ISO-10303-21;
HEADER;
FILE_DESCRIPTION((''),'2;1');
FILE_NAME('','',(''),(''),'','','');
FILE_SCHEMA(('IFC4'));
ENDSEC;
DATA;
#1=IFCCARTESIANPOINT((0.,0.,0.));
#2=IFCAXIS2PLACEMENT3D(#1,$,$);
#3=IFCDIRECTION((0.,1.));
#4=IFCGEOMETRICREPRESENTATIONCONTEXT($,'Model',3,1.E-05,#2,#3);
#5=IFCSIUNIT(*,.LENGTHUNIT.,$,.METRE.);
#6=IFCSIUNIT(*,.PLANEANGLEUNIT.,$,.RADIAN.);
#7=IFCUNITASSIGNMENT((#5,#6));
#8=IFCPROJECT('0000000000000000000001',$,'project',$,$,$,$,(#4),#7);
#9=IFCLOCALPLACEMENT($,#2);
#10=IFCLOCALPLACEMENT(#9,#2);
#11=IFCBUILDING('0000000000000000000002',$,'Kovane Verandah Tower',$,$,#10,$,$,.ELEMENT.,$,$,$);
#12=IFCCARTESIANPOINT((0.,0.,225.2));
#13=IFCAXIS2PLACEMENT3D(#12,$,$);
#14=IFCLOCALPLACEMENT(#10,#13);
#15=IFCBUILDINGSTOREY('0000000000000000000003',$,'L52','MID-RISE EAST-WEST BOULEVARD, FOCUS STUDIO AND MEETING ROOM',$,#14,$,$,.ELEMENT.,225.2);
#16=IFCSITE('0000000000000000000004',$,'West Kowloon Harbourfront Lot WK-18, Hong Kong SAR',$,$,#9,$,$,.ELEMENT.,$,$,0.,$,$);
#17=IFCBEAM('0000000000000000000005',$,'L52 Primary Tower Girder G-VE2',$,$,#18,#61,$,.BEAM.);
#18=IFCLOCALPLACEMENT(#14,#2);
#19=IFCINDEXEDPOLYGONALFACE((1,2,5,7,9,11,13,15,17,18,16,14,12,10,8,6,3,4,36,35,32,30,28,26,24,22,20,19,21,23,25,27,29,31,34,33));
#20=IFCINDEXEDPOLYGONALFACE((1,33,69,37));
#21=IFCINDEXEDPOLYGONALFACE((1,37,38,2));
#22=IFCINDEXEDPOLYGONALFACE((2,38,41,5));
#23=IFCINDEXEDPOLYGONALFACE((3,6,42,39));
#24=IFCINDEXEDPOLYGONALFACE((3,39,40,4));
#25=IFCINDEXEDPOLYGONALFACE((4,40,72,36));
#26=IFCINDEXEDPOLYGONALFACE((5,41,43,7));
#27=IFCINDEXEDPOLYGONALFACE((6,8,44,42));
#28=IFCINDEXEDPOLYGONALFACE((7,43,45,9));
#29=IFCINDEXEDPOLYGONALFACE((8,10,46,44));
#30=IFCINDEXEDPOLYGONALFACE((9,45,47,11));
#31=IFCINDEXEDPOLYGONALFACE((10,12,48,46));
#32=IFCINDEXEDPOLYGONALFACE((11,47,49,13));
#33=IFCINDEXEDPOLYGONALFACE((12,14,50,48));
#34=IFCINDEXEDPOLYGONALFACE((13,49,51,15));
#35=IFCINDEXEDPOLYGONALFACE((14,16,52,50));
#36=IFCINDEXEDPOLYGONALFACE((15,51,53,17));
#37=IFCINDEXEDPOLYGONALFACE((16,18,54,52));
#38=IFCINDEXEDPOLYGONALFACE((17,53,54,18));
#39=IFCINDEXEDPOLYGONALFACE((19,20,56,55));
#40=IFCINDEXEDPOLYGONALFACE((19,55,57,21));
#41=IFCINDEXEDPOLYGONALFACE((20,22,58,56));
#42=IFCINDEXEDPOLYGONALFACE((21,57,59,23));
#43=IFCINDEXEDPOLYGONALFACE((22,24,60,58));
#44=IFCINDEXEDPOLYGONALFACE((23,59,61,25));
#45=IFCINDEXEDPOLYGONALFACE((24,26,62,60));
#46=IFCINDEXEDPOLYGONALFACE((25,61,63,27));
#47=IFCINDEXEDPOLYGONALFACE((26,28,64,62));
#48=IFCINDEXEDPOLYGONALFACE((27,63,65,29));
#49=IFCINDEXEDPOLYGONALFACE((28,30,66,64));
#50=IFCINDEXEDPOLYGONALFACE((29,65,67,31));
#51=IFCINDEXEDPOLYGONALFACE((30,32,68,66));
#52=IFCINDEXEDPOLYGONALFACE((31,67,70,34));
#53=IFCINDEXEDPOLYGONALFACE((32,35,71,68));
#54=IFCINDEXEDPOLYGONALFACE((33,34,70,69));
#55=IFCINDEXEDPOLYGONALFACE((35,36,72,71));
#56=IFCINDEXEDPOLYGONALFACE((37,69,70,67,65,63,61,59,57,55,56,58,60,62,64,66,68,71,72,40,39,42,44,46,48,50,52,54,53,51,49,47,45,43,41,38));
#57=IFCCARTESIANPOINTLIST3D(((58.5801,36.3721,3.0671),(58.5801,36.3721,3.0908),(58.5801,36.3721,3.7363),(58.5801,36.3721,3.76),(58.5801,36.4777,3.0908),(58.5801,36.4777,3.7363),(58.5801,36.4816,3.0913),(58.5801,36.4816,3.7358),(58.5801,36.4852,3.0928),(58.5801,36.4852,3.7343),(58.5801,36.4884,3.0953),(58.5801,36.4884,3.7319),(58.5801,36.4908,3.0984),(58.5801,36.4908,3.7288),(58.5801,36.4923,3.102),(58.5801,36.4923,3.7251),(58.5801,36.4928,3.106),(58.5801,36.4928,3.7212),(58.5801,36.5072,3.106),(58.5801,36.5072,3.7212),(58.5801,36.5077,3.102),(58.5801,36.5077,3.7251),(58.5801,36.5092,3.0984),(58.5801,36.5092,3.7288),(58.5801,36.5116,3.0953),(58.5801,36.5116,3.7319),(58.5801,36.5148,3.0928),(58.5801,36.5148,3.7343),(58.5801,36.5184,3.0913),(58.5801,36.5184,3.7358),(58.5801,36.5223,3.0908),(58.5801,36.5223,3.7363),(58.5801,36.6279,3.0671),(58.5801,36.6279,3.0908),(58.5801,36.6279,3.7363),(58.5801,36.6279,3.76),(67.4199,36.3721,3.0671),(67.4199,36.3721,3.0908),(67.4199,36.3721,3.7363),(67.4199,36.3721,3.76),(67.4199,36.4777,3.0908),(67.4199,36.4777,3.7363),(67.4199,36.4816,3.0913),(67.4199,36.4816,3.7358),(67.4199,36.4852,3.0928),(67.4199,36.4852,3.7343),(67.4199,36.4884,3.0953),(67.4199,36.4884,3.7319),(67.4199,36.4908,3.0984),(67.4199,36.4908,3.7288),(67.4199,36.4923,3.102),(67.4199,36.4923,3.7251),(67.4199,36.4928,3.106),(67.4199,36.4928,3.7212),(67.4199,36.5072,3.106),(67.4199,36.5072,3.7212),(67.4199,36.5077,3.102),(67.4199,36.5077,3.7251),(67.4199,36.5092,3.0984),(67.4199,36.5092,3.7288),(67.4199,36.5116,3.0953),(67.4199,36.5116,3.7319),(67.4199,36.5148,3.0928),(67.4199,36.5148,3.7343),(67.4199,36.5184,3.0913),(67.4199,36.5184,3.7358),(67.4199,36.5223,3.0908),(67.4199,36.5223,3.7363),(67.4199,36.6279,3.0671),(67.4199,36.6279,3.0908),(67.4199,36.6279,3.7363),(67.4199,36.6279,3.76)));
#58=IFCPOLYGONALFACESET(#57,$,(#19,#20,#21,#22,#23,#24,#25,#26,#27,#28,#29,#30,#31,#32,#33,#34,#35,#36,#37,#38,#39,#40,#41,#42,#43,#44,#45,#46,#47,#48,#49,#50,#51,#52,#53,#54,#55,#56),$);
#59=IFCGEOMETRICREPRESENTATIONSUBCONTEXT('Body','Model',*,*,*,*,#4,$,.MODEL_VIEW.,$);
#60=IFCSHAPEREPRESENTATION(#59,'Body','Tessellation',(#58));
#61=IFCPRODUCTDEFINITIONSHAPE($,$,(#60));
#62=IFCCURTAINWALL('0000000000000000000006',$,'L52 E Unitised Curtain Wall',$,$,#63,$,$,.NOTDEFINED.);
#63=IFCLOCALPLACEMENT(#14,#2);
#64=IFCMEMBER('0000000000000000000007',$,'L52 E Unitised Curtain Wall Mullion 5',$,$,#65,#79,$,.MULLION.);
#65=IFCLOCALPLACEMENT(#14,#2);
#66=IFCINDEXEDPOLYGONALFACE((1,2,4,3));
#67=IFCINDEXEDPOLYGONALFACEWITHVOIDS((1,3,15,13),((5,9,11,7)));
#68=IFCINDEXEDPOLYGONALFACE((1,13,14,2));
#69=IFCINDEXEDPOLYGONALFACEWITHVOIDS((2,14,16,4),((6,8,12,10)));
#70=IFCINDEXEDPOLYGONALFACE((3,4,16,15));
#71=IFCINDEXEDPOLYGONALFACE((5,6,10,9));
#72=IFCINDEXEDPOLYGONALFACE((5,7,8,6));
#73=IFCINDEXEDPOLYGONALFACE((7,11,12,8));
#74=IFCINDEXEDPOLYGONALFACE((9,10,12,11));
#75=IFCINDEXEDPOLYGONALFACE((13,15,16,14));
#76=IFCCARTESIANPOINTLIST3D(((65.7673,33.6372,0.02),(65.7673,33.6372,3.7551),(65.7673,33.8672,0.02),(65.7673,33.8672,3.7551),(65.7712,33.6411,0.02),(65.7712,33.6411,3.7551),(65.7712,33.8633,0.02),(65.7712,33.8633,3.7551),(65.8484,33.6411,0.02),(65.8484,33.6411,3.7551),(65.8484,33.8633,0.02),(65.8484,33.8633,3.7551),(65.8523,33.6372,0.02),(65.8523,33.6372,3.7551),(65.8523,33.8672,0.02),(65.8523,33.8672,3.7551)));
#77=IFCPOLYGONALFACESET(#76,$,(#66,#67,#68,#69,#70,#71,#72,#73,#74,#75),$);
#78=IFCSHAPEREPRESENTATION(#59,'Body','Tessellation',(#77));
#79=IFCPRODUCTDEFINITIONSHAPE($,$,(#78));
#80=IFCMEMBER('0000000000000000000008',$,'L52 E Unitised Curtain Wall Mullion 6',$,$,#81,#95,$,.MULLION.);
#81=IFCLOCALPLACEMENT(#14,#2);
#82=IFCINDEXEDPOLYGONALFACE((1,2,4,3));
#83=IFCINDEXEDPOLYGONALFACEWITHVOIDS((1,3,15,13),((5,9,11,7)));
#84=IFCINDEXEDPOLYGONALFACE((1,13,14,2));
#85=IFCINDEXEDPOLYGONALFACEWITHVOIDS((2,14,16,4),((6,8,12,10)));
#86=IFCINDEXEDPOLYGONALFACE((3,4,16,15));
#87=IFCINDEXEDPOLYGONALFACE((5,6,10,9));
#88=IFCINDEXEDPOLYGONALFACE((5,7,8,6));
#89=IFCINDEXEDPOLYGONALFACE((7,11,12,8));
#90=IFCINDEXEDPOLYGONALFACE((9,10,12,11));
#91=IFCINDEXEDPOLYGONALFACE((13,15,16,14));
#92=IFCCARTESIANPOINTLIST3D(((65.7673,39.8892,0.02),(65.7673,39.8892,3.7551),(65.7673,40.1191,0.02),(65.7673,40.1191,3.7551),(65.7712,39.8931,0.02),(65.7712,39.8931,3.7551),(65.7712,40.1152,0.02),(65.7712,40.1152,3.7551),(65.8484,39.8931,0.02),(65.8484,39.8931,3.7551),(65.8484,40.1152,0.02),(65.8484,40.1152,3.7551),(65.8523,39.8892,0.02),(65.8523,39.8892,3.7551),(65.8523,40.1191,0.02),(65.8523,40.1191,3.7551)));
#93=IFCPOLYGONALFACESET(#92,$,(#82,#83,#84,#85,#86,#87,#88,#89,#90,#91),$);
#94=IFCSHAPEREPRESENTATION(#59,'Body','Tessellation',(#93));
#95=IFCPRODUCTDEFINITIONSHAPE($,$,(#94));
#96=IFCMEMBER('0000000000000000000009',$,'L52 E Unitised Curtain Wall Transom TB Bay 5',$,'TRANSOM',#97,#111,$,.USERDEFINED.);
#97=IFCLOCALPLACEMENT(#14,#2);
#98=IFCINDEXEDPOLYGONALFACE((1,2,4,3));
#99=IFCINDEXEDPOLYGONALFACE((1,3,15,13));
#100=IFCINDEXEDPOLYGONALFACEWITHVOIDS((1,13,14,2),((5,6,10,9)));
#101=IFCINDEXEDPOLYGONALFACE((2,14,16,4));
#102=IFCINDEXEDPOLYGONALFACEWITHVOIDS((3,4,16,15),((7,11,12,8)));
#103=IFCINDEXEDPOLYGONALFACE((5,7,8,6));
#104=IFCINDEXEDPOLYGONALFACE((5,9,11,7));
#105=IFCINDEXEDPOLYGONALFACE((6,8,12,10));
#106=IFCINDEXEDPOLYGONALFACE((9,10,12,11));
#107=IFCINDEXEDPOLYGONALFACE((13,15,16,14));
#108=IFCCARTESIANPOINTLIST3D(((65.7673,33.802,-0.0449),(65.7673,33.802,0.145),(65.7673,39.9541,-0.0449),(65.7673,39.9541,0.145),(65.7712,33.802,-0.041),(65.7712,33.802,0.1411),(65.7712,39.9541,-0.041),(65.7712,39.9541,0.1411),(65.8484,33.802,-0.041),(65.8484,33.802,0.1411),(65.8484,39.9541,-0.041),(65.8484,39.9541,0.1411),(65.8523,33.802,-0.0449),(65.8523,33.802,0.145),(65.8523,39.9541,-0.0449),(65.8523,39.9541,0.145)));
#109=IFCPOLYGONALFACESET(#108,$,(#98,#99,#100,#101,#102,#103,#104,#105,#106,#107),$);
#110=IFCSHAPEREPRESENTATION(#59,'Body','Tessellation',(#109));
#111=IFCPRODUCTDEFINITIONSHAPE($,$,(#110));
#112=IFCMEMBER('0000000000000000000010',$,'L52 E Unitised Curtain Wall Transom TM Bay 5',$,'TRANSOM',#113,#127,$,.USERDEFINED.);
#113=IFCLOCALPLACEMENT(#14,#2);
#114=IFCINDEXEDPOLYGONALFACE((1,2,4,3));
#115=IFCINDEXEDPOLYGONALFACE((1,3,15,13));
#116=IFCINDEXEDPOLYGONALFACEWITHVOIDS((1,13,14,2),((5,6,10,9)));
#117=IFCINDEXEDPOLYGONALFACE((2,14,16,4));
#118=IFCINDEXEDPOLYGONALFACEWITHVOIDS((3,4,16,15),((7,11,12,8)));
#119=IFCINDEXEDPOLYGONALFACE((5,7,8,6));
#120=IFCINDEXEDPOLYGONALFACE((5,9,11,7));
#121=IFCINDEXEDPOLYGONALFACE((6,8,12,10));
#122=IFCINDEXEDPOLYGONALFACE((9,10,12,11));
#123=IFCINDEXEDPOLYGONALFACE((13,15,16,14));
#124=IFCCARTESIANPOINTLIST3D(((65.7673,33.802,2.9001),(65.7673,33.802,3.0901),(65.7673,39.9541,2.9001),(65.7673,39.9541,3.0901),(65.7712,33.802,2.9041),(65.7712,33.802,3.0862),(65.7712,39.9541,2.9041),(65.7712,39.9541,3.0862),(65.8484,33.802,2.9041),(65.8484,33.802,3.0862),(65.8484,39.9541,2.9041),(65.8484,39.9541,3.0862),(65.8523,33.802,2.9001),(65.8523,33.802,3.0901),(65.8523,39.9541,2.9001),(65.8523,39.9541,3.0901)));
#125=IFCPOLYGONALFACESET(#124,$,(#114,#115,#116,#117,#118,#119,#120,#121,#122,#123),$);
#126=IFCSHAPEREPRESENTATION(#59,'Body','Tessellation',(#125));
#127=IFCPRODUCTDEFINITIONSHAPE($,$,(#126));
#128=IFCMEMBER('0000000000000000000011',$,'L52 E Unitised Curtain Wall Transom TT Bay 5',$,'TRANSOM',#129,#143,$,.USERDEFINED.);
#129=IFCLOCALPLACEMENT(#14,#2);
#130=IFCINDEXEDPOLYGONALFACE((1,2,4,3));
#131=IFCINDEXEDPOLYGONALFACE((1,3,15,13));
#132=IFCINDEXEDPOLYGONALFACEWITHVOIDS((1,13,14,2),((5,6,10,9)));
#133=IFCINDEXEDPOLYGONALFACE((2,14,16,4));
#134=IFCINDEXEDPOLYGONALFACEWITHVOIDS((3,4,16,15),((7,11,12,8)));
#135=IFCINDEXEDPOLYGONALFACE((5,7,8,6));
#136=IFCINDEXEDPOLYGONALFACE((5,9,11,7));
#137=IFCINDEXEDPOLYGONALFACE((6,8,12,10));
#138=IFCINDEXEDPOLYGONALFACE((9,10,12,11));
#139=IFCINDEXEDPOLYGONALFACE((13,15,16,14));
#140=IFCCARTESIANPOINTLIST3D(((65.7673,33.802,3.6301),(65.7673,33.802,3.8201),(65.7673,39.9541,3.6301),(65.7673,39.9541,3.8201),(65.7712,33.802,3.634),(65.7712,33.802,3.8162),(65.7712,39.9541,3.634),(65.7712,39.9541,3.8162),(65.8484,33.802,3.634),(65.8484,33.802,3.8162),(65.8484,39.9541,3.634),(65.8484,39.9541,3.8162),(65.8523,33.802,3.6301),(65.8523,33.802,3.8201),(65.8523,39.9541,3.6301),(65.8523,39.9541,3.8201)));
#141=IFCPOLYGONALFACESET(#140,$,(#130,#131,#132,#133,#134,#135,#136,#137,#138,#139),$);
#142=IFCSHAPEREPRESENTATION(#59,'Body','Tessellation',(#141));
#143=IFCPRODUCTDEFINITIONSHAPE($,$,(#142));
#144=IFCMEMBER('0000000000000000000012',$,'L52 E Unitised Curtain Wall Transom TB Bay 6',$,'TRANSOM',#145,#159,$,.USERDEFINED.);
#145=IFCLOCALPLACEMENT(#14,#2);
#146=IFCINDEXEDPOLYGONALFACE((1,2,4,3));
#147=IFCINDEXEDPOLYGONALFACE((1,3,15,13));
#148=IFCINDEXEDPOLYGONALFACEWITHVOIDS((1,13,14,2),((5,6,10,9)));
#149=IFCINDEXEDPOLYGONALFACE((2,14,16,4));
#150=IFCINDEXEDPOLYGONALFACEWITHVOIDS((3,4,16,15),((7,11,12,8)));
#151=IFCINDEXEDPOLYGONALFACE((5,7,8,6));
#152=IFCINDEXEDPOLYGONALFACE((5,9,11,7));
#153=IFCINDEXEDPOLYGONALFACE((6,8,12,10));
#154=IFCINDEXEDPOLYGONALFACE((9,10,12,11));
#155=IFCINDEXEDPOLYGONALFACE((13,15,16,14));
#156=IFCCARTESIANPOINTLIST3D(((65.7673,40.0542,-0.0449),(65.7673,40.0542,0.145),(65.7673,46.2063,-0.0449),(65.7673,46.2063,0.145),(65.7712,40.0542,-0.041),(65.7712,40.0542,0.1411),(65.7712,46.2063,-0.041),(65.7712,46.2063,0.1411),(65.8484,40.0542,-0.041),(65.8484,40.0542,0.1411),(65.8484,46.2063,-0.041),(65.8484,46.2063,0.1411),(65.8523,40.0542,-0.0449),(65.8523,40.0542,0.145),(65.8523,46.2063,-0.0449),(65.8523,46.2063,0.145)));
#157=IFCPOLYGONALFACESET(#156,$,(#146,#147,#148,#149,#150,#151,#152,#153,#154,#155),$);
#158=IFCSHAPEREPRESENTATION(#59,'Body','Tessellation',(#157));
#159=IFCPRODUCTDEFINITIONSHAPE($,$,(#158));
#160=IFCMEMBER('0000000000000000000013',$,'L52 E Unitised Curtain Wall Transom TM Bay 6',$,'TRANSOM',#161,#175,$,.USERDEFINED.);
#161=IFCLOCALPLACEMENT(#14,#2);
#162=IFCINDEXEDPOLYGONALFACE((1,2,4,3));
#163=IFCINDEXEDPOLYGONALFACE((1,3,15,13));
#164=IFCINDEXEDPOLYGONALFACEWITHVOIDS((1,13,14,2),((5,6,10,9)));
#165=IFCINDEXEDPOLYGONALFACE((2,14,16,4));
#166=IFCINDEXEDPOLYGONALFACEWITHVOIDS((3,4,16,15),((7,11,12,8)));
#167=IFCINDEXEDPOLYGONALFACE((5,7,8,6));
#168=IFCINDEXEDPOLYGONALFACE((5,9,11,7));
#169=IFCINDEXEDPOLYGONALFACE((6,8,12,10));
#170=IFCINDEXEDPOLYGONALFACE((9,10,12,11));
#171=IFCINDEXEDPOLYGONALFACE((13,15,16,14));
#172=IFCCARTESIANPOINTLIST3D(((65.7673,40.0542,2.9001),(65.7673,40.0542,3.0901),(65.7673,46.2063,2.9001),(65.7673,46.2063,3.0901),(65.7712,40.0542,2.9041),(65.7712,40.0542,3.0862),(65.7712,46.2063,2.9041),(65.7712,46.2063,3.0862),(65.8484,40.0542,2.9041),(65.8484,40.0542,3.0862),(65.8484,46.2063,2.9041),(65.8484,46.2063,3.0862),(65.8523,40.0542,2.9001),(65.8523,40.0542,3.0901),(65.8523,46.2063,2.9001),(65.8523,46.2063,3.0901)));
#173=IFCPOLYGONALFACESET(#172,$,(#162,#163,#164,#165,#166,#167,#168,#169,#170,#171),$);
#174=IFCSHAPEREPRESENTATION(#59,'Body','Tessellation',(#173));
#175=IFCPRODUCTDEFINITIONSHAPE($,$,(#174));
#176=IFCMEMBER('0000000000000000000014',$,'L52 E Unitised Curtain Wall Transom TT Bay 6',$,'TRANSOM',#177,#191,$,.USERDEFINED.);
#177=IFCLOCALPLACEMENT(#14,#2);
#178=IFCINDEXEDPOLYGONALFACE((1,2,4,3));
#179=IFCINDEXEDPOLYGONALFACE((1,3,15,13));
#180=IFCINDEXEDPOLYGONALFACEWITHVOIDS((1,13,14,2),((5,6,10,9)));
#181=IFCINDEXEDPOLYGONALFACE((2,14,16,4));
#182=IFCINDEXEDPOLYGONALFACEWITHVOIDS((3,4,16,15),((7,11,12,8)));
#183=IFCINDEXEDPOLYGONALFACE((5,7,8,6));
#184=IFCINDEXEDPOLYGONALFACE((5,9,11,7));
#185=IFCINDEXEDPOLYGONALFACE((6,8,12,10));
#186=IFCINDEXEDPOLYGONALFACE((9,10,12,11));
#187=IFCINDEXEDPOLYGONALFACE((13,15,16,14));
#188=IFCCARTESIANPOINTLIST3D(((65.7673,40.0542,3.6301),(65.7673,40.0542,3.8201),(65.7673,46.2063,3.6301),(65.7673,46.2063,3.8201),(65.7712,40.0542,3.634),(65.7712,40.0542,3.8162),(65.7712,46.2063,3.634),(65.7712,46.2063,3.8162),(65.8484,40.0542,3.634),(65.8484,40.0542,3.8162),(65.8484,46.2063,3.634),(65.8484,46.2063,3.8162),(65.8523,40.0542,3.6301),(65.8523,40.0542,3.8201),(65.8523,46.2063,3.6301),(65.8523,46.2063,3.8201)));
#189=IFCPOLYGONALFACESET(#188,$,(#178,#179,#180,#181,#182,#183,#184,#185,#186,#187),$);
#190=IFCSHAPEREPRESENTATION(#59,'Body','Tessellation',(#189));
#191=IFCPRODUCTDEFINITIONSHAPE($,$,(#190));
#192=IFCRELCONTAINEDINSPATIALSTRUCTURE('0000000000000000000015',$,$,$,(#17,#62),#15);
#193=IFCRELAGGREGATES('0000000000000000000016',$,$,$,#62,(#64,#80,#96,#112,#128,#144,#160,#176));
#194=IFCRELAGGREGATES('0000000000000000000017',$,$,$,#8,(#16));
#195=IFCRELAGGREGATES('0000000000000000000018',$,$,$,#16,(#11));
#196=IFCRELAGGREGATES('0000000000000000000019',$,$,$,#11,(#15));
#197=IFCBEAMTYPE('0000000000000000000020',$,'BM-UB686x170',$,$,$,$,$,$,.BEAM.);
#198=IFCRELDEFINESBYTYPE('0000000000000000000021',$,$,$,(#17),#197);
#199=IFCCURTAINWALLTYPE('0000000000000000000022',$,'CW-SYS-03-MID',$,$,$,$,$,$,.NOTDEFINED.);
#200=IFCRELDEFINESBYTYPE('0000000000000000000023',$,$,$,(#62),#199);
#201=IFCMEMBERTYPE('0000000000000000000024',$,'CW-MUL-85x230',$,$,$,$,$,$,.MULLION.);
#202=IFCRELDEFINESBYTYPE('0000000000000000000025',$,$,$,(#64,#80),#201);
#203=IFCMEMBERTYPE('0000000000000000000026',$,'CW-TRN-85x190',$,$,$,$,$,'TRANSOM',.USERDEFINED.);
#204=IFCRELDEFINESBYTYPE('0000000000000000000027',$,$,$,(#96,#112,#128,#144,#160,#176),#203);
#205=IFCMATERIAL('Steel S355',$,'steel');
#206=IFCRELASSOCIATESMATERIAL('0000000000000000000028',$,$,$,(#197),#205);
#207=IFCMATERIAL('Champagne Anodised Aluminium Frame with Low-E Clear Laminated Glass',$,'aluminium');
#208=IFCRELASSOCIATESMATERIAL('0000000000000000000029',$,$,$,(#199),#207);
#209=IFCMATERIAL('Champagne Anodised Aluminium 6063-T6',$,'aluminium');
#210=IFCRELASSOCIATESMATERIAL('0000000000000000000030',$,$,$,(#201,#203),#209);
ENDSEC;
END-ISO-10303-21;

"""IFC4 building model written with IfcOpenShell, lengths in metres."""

from ifc_helpers import new_model, si_unit, direction, frame, origin, origin_2d, place, context, subcontext, project, spatial, hollow_rectangle, i_section, extrude, material, material_profile, profile_set, type_object, element, aggregate, save


model = new_model("IFC4")

# Units and contexts
model_context = context("Model", 3, precision=1e-05, world=origin(), true_north=direction((0.0, 1.0)))
body_context = subcontext(model_context, "Body", "Model", "MODEL_VIEW")
ifc_project = project(units=[si_unit("LENGTHUNIT", "METRE"), si_unit("PLANEANGLEUNIT", "RADIAN")], contexts=[model_context])

# Site, building, storey
site_placement = place(None, origin())
site = spatial("IfcSite", under=ifc_project, at=site_placement, Name="West Kowloon Harbourfront Lot WK-18, Hong Kong SAR", CompositionType="ELEMENT", RefElevation=0.0)
building_placement = place(site_placement, origin())
building = spatial("IfcBuilding", under=site, at=building_placement, Name="Kovane Verandah Tower", CompositionType="ELEMENT")
storey_placement = place(building_placement, frame((0.0, 0.0, 225.2)))
storey = spatial("IfcBuildingStorey", under=building, at=storey_placement, Name="L52", Description="MID-RISE EAST-WEST BOULEVARD, FOCUS STUDIO AND MEETING ROOM", CompositionType="ELEMENT", Elevation=225.2)

# Beam
ifc_material_1 = material(Name="Steel S355", Category="steel")
ifc_material_profile_1 = material_profile(ifc_material_1, i_section(OverallWidth=0.2559, OverallDepth=0.6929, WebThickness=0.0144, FlangeThickness=0.0237, FilletRadius=0.0151, at=origin_2d()), Name="UB686x254x170")
ifc_profile_set_1 = profile_set([ifc_material_profile_1], Name="Steel S355")
beam_type_1 = type_object("IfcBeamType", Name="BM-UB686x170", PredefinedType="BEAM", material=ifc_profile_set_1)
beam_1_placement = place(storey_placement, frame((58.5801, 36.5, 3.4136), z_axis=(1.0, 0.0, 0.0), x_axis=(0.0, 1.0, 0.0)))
element("IfcBeam", 1, at=beam_1_placement, inside=storey, type_object=beam_type_1, Name="L52 Primary Tower Girder G-VE2", PredefinedType="BEAM", context=body_context, shape_type="SweptSolid", body=[
    extrude(i_section(OverallWidth=0.2559, OverallDepth=0.6929, WebThickness=0.0144, FlangeThickness=0.0237, FilletRadius=0.0151, at=origin_2d()), origin(), (0.0, 0.0, 1.0), 8.8398),
])

# Curtain wall, members
ifc_material_2 = material(Name="Champagne Anodised Aluminium Frame with Low-E Clear Laminated Glass", Category="aluminium")
curtain_wall_type = type_object("IfcCurtainWallType", Name="CW-SYS-03-MID", PredefinedType="NOTDEFINED", material=ifc_material_2)
curtain_wall_placement = place(storey_placement, origin())
curtain_wall = element("IfcCurtainWall", 2, at=curtain_wall_placement, inside=storey, type_object=curtain_wall_type, Name="L52 E Unitised Curtain Wall", PredefinedType="NOTDEFINED")
ifc_material_3 = material(Name="Champagne Anodised Aluminium 6063-T6", Category="aluminium")
ifc_material_profile_2 = material_profile(ifc_material_3, hollow_rectangle(XDim=0.085, YDim=0.23, WallThickness=0.0039, at=origin_2d()), Name="AL85x230x4")
ifc_profile_set_2 = profile_set([ifc_material_profile_2], Name="Champagne Anodised Aluminium 6063-T6")
member_type_1 = type_object("IfcMemberType", Name="CW-MUL-85x230", PredefinedType="MULLION", material=ifc_profile_set_2)
member_1_placement = place(storey_placement, frame((65.8098, 33.7522, 0.02), z_axis=(0.0, 0.0, 1.0), x_axis=(1.0, 0.0, 0.0)))
member_1 = element("IfcMember", 3, at=member_1_placement, type_object=member_type_1, Name="L52 E Unitised Curtain Wall Mullion 5", PredefinedType="MULLION", context=body_context, shape_type="SweptSolid", body=[
    extrude(hollow_rectangle(XDim=0.085, YDim=0.23, WallThickness=0.0039, at=origin_2d()), origin(), (0.0, 0.0, 1.0), 3.7351),
])
member_2_placement = place(storey_placement, frame((65.8098, 40.0042, 0.02), z_axis=(0.0, 0.0, 1.0), x_axis=(1.0, 0.0, 0.0)))
member_2 = element("IfcMember", 4, at=member_2_placement, type_object=member_type_1, Name="L52 E Unitised Curtain Wall Mullion 6", PredefinedType="MULLION", context=body_context, shape_type="SweptSolid", body=[
    extrude(hollow_rectangle(XDim=0.085, YDim=0.23, WallThickness=0.0039, at=origin_2d()), origin(), (0.0, 0.0, 1.0), 3.7351),
])
ifc_material_profile_3 = material_profile(ifc_material_3, hollow_rectangle(XDim=0.085, YDim=0.1899, WallThickness=0.0039, at=origin_2d()), Name="AL85x190x4")
ifc_profile_set_3 = profile_set([ifc_material_profile_3], Name="Champagne Anodised Aluminium 6063-T6")
member_type_2 = type_object("IfcMemberType", Name="CW-TRN-85x190", ElementType="TRANSOM", PredefinedType="USERDEFINED", material=ifc_profile_set_3)
member_3_placement = place(storey_placement, frame((65.8098, 33.802, 0.05), z_axis=(0.0, 1.0, 0.0), x_axis=(-1.0, 0.0, 0.0)))
member_3 = element("IfcMember", 5, at=member_3_placement, type_object=member_type_2, Name="L52 E Unitised Curtain Wall Transom TB Bay 5", ObjectType="TRANSOM", PredefinedType="USERDEFINED", context=body_context, shape_type="SweptSolid", body=[
    extrude(hollow_rectangle(XDim=0.085, YDim=0.1899, WallThickness=0.0039, at=origin_2d()), origin(), (0.0, 0.0, 1.0), 6.1521),
])
member_4_placement = place(storey_placement, frame((65.8098, 33.802, 2.9951), z_axis=(0.0, 1.0, 0.0), x_axis=(-1.0, 0.0, 0.0)))
member_4 = element("IfcMember", 6, at=member_4_placement, type_object=member_type_2, Name="L52 E Unitised Curtain Wall Transom TM Bay 5", ObjectType="TRANSOM", PredefinedType="USERDEFINED", context=body_context, shape_type="SweptSolid", body=[
    extrude(hollow_rectangle(XDim=0.085, YDim=0.1899, WallThickness=0.0039, at=origin_2d()), origin(), (0.0, 0.0, 1.0), 6.1521),
])
member_5_placement = place(storey_placement, frame((65.8098, 33.802, 3.7251), z_axis=(0.0, 1.0, 0.0), x_axis=(-1.0, 0.0, 0.0)))
member_5 = element("IfcMember", 7, at=member_5_placement, type_object=member_type_2, Name="L52 E Unitised Curtain Wall Transom TT Bay 5", ObjectType="TRANSOM", PredefinedType="USERDEFINED", context=body_context, shape_type="SweptSolid", body=[
    extrude(hollow_rectangle(XDim=0.085, YDim=0.1899, WallThickness=0.0039, at=origin_2d()), origin(), (0.0, 0.0, 1.0), 6.1521),
])
member_6_placement = place(storey_placement, frame((65.8098, 40.0542, 0.05), z_axis=(0.0, 1.0, 0.0), x_axis=(-1.0, 0.0, 0.0)))
member_6 = element("IfcMember", 8, at=member_6_placement, type_object=member_type_2, Name="L52 E Unitised Curtain Wall Transom TB Bay 6", ObjectType="TRANSOM", PredefinedType="USERDEFINED", context=body_context, shape_type="SweptSolid", body=[
    extrude(hollow_rectangle(XDim=0.085, YDim=0.1899, WallThickness=0.0039, at=origin_2d()), origin(), (0.0, 0.0, 1.0), 6.1521),
])
member_7_placement = place(storey_placement, frame((65.8098, 40.0542, 2.9951), z_axis=(0.0, 1.0, 0.0), x_axis=(-1.0, 0.0, 0.0)))
member_7 = element("IfcMember", 9, at=member_7_placement, type_object=member_type_2, Name="L52 E Unitised Curtain Wall Transom TM Bay 6", ObjectType="TRANSOM", PredefinedType="USERDEFINED", context=body_context, shape_type="SweptSolid", body=[
    extrude(hollow_rectangle(XDim=0.085, YDim=0.1899, WallThickness=0.0039, at=origin_2d()), origin(), (0.0, 0.0, 1.0), 6.1521),
])
member_8_placement = place(storey_placement, frame((65.8098, 40.0542, 3.7251), z_axis=(0.0, 1.0, 0.0), x_axis=(-1.0, 0.0, 0.0)))
member_8 = element("IfcMember", 10, at=member_8_placement, type_object=member_type_2, Name="L52 E Unitised Curtain Wall Transom TT Bay 6", ObjectType="TRANSOM", PredefinedType="USERDEFINED", context=body_context, shape_type="SweptSolid", body=[
    extrude(hollow_rectangle(XDim=0.085, YDim=0.1899, WallThickness=0.0039, at=origin_2d()), origin(), (0.0, 0.0, 1.0), 6.1521),
])

aggregate(curtain_wall, [member_1, member_2, member_3, member_4, member_5, member_6, member_7, member_8])

save(model, "model.ifc")
